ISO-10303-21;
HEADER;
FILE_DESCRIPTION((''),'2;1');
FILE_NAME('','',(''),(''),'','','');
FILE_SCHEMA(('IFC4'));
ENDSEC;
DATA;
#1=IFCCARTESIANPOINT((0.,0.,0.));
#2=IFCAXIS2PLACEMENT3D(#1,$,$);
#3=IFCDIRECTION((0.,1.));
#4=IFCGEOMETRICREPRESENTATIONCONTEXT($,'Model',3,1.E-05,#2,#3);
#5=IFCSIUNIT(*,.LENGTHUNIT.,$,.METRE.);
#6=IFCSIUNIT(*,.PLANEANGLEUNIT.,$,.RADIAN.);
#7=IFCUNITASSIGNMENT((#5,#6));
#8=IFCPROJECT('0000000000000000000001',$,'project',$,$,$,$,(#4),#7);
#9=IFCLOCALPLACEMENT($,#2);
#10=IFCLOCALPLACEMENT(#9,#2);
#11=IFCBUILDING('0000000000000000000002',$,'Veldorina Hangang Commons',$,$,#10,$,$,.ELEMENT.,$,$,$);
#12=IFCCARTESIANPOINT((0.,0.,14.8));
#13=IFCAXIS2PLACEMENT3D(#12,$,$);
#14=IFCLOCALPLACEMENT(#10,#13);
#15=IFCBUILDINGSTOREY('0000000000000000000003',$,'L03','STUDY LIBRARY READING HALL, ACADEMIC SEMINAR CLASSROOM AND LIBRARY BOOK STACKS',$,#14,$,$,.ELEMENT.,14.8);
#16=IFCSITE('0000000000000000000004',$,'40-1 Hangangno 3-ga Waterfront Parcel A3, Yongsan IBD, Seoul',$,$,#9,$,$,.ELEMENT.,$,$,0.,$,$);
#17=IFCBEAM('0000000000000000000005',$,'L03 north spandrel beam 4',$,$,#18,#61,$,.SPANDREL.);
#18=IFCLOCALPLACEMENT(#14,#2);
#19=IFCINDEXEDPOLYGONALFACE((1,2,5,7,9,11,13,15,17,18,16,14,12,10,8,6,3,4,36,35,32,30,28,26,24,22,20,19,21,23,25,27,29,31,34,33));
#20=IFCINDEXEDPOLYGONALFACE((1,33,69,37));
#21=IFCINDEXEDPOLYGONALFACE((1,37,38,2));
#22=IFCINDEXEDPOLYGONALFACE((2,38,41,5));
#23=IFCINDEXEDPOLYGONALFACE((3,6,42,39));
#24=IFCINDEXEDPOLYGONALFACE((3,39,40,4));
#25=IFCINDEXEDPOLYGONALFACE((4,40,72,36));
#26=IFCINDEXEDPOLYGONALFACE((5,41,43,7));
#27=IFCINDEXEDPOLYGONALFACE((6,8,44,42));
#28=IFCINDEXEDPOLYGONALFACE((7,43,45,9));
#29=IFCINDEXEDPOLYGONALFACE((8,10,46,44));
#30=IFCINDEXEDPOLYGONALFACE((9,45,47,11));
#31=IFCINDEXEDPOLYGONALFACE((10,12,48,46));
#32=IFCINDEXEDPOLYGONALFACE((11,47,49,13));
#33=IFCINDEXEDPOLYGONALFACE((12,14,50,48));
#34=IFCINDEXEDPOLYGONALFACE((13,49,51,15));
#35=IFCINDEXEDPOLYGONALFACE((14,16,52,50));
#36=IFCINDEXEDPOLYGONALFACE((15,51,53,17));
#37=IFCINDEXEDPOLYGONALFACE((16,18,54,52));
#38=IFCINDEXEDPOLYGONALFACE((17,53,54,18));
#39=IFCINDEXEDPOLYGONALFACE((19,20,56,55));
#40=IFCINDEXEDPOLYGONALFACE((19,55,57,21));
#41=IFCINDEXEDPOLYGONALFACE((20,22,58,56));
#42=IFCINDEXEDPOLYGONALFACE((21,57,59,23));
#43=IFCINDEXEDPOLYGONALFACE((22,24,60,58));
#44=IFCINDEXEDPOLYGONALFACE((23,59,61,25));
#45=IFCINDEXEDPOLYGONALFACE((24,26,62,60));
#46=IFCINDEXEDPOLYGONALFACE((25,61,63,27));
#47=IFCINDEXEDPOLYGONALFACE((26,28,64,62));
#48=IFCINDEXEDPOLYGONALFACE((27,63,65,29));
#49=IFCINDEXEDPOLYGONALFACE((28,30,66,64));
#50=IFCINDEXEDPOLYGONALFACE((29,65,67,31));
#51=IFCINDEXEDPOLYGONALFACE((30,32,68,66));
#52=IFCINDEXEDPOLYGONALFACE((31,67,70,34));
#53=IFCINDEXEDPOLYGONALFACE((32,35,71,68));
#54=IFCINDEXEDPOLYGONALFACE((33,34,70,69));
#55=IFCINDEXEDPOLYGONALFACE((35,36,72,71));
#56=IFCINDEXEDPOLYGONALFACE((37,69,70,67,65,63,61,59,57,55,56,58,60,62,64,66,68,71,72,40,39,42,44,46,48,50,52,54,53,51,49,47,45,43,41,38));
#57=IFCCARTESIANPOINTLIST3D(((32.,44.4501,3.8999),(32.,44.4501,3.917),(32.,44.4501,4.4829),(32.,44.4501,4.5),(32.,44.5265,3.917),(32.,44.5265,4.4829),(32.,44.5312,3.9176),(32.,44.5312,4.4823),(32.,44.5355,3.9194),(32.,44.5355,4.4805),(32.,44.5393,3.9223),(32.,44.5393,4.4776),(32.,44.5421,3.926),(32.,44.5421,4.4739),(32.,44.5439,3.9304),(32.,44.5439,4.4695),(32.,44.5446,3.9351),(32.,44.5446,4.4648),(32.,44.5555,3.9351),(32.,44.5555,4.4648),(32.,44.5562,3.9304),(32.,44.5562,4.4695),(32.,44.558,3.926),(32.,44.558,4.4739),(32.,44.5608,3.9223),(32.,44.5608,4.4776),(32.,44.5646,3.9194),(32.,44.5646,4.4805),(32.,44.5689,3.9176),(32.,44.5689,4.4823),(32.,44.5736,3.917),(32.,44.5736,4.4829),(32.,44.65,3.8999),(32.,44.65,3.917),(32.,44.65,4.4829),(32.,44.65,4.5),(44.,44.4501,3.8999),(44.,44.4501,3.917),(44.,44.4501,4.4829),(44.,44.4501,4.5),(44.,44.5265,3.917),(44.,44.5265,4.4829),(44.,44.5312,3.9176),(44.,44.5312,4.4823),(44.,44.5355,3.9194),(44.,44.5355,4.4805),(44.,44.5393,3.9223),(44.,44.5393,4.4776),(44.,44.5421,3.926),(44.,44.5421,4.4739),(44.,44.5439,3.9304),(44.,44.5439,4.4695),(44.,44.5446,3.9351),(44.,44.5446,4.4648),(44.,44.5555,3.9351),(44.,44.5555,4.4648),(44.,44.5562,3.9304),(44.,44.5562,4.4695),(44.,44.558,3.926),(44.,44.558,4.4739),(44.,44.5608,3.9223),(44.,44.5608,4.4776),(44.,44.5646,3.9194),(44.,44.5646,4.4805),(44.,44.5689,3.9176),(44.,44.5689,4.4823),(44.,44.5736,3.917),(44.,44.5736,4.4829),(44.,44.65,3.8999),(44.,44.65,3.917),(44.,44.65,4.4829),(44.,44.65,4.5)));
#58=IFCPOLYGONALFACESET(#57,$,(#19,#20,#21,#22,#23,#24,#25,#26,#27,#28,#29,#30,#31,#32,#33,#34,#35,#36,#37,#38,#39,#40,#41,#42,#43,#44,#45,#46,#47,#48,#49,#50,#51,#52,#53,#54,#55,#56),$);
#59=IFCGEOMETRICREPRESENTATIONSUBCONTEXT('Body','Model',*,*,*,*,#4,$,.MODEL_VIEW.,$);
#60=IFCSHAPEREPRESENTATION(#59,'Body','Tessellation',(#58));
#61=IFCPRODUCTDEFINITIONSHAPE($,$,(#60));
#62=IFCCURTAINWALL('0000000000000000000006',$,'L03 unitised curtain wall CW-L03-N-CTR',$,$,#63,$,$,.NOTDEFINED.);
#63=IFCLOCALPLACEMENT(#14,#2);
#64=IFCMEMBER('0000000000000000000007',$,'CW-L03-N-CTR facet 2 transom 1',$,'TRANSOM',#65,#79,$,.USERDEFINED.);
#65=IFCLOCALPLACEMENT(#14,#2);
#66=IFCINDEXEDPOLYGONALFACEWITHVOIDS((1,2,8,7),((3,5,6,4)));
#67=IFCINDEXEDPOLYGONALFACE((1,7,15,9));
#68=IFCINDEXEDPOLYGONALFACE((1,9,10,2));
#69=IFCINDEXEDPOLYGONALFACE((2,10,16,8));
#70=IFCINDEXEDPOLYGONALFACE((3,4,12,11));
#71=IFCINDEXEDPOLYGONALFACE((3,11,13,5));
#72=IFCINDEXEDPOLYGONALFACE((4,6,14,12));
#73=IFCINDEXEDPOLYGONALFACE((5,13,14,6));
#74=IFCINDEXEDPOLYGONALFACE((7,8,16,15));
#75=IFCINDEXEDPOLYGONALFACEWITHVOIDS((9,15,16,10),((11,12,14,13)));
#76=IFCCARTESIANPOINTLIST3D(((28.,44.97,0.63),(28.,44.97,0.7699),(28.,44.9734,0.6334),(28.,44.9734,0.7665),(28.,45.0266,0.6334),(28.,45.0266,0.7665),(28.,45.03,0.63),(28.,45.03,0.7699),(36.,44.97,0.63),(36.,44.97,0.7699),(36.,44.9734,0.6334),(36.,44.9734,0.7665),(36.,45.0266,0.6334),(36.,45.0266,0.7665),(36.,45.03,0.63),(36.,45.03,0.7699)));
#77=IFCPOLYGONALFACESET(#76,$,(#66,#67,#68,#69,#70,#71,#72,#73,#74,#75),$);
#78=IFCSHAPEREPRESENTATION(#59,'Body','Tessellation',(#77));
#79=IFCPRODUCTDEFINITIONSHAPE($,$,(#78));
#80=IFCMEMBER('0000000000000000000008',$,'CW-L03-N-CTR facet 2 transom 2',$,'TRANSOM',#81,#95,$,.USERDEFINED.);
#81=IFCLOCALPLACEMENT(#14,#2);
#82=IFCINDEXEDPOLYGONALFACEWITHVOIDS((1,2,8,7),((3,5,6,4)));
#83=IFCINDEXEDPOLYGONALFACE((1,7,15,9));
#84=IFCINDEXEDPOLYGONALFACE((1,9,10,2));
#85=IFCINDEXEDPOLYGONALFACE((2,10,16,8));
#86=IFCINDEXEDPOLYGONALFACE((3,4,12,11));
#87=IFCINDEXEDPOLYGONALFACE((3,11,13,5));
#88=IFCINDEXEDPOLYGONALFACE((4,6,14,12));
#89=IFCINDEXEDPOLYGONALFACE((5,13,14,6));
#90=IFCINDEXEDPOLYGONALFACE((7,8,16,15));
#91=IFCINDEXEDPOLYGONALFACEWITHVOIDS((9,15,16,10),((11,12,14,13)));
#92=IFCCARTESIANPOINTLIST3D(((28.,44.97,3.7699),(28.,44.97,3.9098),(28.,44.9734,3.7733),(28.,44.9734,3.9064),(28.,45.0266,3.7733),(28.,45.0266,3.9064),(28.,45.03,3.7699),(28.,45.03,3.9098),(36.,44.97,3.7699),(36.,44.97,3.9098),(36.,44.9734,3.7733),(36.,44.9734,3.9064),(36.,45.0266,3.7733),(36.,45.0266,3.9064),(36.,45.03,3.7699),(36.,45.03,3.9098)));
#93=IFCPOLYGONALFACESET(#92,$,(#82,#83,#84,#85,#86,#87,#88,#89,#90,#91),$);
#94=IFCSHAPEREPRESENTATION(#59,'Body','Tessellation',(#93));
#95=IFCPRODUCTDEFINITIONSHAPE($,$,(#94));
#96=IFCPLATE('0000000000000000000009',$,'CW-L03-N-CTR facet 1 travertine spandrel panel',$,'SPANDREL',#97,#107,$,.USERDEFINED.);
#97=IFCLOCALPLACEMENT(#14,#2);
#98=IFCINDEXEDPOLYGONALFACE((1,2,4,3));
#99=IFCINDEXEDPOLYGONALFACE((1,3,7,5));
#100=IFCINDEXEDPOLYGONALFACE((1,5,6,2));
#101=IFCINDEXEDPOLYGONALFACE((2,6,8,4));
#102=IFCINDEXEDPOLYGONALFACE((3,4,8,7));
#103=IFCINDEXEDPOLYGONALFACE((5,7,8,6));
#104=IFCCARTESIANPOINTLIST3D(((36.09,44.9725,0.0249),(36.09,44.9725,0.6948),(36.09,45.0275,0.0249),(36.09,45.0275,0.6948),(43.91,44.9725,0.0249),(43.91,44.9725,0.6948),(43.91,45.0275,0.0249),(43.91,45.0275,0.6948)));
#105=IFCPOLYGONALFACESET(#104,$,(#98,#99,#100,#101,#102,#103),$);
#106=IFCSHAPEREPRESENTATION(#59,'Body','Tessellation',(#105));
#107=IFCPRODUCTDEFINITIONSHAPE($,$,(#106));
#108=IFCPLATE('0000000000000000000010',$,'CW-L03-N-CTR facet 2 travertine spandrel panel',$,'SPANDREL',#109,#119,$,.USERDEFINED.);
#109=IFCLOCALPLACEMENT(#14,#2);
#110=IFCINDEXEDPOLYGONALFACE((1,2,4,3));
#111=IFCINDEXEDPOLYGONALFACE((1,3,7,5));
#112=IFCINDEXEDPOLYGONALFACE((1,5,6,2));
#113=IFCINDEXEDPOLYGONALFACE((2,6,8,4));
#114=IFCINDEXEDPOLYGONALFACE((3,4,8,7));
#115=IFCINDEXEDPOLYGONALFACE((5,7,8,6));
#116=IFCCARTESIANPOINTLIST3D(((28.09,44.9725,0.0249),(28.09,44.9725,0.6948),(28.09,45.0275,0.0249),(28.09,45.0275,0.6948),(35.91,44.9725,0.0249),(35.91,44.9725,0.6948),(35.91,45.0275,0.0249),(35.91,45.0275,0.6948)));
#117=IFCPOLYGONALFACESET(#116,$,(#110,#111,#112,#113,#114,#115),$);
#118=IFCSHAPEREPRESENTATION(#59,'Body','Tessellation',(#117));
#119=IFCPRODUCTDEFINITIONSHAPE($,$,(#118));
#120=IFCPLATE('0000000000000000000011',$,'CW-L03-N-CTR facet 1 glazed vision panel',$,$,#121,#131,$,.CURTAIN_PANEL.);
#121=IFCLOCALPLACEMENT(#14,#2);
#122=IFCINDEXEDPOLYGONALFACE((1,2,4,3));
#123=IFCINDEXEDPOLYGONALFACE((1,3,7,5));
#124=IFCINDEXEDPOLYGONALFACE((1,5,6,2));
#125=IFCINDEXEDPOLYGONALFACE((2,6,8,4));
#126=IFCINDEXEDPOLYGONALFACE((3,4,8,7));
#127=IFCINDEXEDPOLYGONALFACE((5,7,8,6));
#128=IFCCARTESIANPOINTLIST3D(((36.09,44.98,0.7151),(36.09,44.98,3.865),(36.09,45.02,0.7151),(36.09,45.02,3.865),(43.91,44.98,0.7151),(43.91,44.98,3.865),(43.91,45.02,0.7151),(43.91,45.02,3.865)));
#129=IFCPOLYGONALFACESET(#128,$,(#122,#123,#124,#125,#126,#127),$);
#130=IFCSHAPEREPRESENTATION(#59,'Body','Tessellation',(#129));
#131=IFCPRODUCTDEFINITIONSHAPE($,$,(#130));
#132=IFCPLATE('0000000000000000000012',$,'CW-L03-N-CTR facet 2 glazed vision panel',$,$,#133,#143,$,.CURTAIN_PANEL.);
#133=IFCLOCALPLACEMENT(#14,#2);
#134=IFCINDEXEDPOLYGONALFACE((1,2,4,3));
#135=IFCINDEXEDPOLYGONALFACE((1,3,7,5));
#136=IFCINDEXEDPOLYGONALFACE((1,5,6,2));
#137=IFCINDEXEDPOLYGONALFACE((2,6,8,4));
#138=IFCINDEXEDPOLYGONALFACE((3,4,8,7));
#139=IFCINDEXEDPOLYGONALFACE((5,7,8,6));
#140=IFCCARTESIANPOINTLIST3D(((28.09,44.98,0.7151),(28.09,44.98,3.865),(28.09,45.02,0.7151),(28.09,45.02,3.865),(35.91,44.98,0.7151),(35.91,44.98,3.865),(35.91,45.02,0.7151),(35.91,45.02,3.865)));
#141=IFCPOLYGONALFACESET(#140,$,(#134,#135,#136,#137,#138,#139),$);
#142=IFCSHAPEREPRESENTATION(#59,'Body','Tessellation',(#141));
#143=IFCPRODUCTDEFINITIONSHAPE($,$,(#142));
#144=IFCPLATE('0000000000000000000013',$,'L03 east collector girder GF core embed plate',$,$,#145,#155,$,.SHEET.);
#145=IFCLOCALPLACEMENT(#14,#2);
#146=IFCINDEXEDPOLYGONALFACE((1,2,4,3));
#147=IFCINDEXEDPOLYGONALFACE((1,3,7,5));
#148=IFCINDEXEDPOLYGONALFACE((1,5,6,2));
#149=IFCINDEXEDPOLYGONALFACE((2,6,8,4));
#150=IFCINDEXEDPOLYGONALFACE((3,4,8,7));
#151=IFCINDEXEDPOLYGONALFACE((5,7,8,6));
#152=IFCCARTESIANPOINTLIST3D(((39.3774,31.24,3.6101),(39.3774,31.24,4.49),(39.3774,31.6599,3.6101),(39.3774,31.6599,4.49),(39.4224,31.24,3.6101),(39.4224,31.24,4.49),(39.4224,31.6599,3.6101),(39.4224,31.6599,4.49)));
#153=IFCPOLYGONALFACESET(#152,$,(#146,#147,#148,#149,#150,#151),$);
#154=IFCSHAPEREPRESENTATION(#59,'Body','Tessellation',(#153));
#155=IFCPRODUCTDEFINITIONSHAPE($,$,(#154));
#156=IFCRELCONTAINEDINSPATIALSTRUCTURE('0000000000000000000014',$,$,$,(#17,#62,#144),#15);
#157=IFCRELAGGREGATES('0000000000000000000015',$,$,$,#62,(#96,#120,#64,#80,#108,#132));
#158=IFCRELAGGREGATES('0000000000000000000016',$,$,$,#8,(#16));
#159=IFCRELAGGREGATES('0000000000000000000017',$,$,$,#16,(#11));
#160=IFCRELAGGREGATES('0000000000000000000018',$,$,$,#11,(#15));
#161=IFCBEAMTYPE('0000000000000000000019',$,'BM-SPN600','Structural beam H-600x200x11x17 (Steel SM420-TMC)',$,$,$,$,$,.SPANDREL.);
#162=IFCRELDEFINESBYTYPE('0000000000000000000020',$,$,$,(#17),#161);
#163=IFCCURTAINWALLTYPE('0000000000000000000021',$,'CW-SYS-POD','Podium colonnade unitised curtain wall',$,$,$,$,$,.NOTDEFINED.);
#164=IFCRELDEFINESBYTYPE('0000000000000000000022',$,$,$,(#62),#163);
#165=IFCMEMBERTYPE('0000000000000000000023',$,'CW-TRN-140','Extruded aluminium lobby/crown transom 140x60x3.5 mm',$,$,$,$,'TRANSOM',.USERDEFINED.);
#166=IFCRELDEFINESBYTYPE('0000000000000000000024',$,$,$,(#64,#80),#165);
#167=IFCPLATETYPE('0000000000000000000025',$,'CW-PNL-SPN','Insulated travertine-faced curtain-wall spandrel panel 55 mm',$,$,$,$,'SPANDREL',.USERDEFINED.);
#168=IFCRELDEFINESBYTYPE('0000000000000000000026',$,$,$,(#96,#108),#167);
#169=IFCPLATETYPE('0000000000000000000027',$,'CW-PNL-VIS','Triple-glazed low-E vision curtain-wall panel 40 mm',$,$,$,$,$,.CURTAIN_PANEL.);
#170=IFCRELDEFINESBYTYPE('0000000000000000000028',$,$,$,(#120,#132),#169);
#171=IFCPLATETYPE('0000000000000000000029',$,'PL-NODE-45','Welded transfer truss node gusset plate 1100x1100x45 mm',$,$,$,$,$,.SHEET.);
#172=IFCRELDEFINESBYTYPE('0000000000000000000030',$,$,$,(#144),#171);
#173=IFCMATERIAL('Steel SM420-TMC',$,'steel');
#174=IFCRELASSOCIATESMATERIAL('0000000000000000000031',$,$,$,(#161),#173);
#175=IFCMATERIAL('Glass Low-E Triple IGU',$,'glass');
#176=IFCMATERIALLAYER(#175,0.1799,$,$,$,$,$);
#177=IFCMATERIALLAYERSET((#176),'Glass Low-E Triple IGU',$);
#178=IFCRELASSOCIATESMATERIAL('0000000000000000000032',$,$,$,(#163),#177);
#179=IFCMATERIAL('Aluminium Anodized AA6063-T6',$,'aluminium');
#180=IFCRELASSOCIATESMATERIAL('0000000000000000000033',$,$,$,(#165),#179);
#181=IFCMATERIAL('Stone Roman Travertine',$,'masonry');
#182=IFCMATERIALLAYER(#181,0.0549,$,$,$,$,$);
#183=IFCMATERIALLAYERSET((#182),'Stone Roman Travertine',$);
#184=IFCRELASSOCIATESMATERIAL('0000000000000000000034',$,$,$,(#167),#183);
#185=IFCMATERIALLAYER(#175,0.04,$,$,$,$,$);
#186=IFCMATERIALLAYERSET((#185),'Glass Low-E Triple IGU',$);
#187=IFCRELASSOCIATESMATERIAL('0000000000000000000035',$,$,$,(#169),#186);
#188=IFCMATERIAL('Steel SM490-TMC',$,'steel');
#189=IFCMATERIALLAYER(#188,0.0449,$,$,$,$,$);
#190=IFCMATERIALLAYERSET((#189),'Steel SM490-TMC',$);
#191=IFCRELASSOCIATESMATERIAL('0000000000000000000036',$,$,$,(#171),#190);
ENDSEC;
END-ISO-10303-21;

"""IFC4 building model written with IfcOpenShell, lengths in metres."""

from ifc_helpers import new_model, si_unit, direction, frame, origin, origin_2d, place, context, subcontext, project, spatial, rectangle, hollow_rectangle, i_section, extrude, material, layer, layer_set, material_profile, profile_set, type_object, element, aggregate, save


model = new_model("IFC4")

# Units and contexts
model_context = context("Model", 3, precision=1e-05, world=origin(), true_north=direction((0.0, 1.0)))
body_context = subcontext(model_context, "Body", "Model", "MODEL_VIEW")
ifc_project = project(units=[si_unit("LENGTHUNIT", "METRE"), si_unit("PLANEANGLEUNIT", "RADIAN")], contexts=[model_context])

# Site, building, storey
site_placement = place(None, origin())
site = spatial("IfcSite", under=ifc_project, at=site_placement, Name="40-1 Hangangno 3-ga Waterfront Parcel A3, Yongsan IBD, Seoul", CompositionType="ELEMENT", RefElevation=0.0)
building_placement = place(site_placement, origin())
building = spatial("IfcBuilding", under=site, at=building_placement, Name="Veldorina Hangang Commons", CompositionType="ELEMENT")
storey_placement = place(building_placement, frame((0.0, 0.0, 14.8)))
storey = spatial("IfcBuildingStorey", under=building, at=storey_placement, Name="L03", Description="STUDY LIBRARY READING HALL, ACADEMIC SEMINAR CLASSROOM AND LIBRARY BOOK STACKS", CompositionType="ELEMENT", Elevation=14.8)

# Shared definitions
ifc_material_1 = material(Name="Steel SM420-TMC", Category="steel")

# Beam
ifc_material_profile_1 = material_profile(ifc_material_1, i_section(OverallWidth=0.2, OverallDepth=0.6001, WebThickness=0.011, FlangeThickness=0.0171, FilletRadius=0.0181, at=origin_2d()), Name="H-600x200x11x17")
ifc_profile_set_1 = profile_set([ifc_material_profile_1], Name="Steel SM420-TMC")
beam_type_1 = type_object("IfcBeamType", Name="BM-SPN600", Description="Structural beam H-600x200x11x17 (Steel SM420-TMC)", PredefinedType="SPANDREL", material=ifc_profile_set_1)
beam_1_placement = place(storey_placement, frame((32.0, 44.55, 4.2), z_axis=(1.0, 0.0, 0.0), x_axis=(0.0, 1.0, 0.0)))
element("IfcBeam", 1, at=beam_1_placement, inside=storey, type_object=beam_type_1, Name="L03 north spandrel beam 4", PredefinedType="SPANDREL", context=body_context, shape_type="SweptSolid", body=[
    extrude(i_section(OverallWidth=0.2, OverallDepth=0.6001, WebThickness=0.011, FlangeThickness=0.0171, FilletRadius=0.0181, at=origin_2d()), origin(), (0.0, 0.0, 1.0), 12.0),
])

# Curtain wall, members, plates
ifc_material_2 = material(Name="Glass Low-E Triple IGU", Category="glass")
ifc_layer_1 = layer(ifc_material_2, 0.1799)
ifc_layer_set_1 = layer_set([ifc_layer_1], Name="Glass Low-E Triple IGU")
curtain_wall_type = type_object("IfcCurtainWallType", Name="CW-SYS-POD", Description="Podium colonnade unitised curtain wall", PredefinedType="NOTDEFINED", material=ifc_layer_set_1)
curtain_wall_placement = place(storey_placement, origin())
curtain_wall = element("IfcCurtainWall", 2, at=curtain_wall_placement, inside=storey, type_object=curtain_wall_type, Name="L03 unitised curtain wall CW-L03-N-CTR", PredefinedType="NOTDEFINED")
ifc_material_3 = material(Name="Aluminium Anodized AA6063-T6", Category="aluminium")
ifc_material_profile_2 = material_profile(ifc_material_3, hollow_rectangle(XDim=0.0601, YDim=0.1399, WallThickness=0.0034, at=origin_2d()), Name="ALU-RHS-140x60x3.5")
ifc_profile_set_2 = profile_set([ifc_material_profile_2], Name="Aluminium Anodized AA6063-T6")
member_type = type_object("IfcMemberType", Name="CW-TRN-140", Description="Extruded aluminium lobby/crown transom 140x60x3.5 mm", ElementType="TRANSOM", PredefinedType="USERDEFINED", material=ifc_profile_set_2)
member_1_placement = place(storey_placement, frame((36.0, 45.0, 0.7), z_axis=(-1.0, 0.0, 0.0), x_axis=(0.0, -1.0, 0.0)))
member_1 = element("IfcMember", 3, at=member_1_placement, type_object=member_type, Name="CW-L03-N-CTR facet 2 transom 1", ObjectType="TRANSOM", PredefinedType="USERDEFINED", context=body_context, shape_type="SweptSolid", body=[
    extrude(hollow_rectangle(XDim=0.0601, YDim=0.1399, WallThickness=0.0034, at=origin_2d()), origin(), (0.0, 0.0, 1.0), 8.0),
])
member_2_placement = place(storey_placement, frame((36.0, 45.0, 3.8398), z_axis=(-1.0, 0.0, 0.0), x_axis=(0.0, -1.0, 0.0)))
member_2 = element("IfcMember", 4, at=member_2_placement, type_object=member_type, Name="CW-L03-N-CTR facet 2 transom 2", ObjectType="TRANSOM", PredefinedType="USERDEFINED", context=body_context, shape_type="SweptSolid", body=[
    extrude(hollow_rectangle(XDim=0.0601, YDim=0.1399, WallThickness=0.0034, at=origin_2d()), origin(), (0.0, 0.0, 1.0), 8.0),
])
ifc_material_4 = material(Name="Stone Roman Travertine", Category="masonry")
ifc_layer_2 = layer(ifc_material_4, 0.0549)
ifc_layer_set_2 = layer_set([ifc_layer_2], Name="Stone Roman Travertine")
plate_type_1 = type_object("IfcPlateType", Name="CW-PNL-SPN", Description="Insulated travertine-faced curtain-wall spandrel panel 55 mm", ElementType="SPANDREL", PredefinedType="USERDEFINED", material=ifc_layer_set_2)
plate_1_placement = place(storey_placement, frame((40.0, 45.0, 0.0249), z_axis=(0.0, 0.0, 1.0), x_axis=(-1.0, 0.0, 0.0)))
plate_1 = element("IfcPlate", 5, at=plate_1_placement, type_object=plate_type_1, Name="CW-L03-N-CTR facet 1 travertine spandrel panel", ObjectType="SPANDREL", PredefinedType="USERDEFINED", context=body_context, shape_type="SweptSolid", body=[
    extrude(rectangle(XDim=7.8201, YDim=0.0549, at=origin_2d()), origin(), (0.0, 0.0, 1.0), 0.6699),
])
plate_2_placement = place(storey_placement, frame((32.0, 45.0, 0.0249), z_axis=(0.0, 0.0, 1.0), x_axis=(-1.0, 0.0, 0.0)))
plate_2 = element("IfcPlate", 6, at=plate_2_placement, type_object=plate_type_1, Name="CW-L03-N-CTR facet 2 travertine spandrel panel", ObjectType="SPANDREL", PredefinedType="USERDEFINED", context=body_context, shape_type="SweptSolid", body=[
    extrude(rectangle(XDim=7.8201, YDim=0.0549, at=origin_2d()), origin(), (0.0, 0.0, 1.0), 0.6699),
])
ifc_layer_3 = layer(ifc_material_2, 0.04)
ifc_layer_set_3 = layer_set([ifc_layer_3], Name="Glass Low-E Triple IGU")
plate_type_2 = type_object("IfcPlateType", Name="CW-PNL-VIS", Description="Triple-glazed low-E vision curtain-wall panel 40 mm", PredefinedType="CURTAIN_PANEL", material=ifc_layer_set_3)
plate_3_placement = place(storey_placement, frame((40.0, 45.0, 0.7151), z_axis=(0.0, 0.0, 1.0), x_axis=(-1.0, 0.0, 0.0)))
plate_3 = element("IfcPlate", 7, at=plate_3_placement, type_object=plate_type_2, Name="CW-L03-N-CTR facet 1 glazed vision panel", PredefinedType="CURTAIN_PANEL", context=body_context, shape_type="SweptSolid", body=[
    extrude(rectangle(XDim=7.8201, YDim=0.04, at=origin_2d()), origin(), (0.0, 0.0, 1.0), 3.1499),
])
plate_4_placement = place(storey_placement, frame((32.0, 45.0, 0.7151), z_axis=(0.0, 0.0, 1.0), x_axis=(-1.0, 0.0, 0.0)))
plate_4 = element("IfcPlate", 8, at=plate_4_placement, type_object=plate_type_2, Name="CW-L03-N-CTR facet 2 glazed vision panel", PredefinedType="CURTAIN_PANEL", context=body_context, shape_type="SweptSolid", body=[
    extrude(rectangle(XDim=7.8201, YDim=0.04, at=origin_2d()), origin(), (0.0, 0.0, 1.0), 3.1499),
])
aggregate(curtain_wall, [plate_1, plate_3, member_1, member_2, plate_2, plate_4])

# Plate
ifc_material_5 = material(Name="Steel SM490-TMC", Category="steel")
ifc_layer_4 = layer(ifc_material_5, 0.0449)
ifc_layer_set_4 = layer_set([ifc_layer_4], Name="Steel SM490-TMC")
plate_type_3 = type_object("IfcPlateType", Name="PL-NODE-45", Description="Welded transfer truss node gusset plate 1100x1100x45 mm", PredefinedType="SHEET", material=ifc_layer_set_4)
plate_5_placement = place(storey_placement, frame((39.3999, 31.45, 3.6101), z_axis=(0.0, 0.0, 1.0), x_axis=(1.0, 0.0, 0.0)))
element("IfcPlate", 9, at=plate_5_placement, inside=storey, type_object=plate_type_3, Name="L03 east collector girder GF core embed plate", PredefinedType="SHEET", context=body_context, shape_type="SweptSolid", body=[
    extrude(rectangle(XDim=0.0449, YDim=0.4199, at=origin_2d()), origin(), (0.0, 0.0, 1.0), 0.8799),
])

save(model, "model.ifc")
